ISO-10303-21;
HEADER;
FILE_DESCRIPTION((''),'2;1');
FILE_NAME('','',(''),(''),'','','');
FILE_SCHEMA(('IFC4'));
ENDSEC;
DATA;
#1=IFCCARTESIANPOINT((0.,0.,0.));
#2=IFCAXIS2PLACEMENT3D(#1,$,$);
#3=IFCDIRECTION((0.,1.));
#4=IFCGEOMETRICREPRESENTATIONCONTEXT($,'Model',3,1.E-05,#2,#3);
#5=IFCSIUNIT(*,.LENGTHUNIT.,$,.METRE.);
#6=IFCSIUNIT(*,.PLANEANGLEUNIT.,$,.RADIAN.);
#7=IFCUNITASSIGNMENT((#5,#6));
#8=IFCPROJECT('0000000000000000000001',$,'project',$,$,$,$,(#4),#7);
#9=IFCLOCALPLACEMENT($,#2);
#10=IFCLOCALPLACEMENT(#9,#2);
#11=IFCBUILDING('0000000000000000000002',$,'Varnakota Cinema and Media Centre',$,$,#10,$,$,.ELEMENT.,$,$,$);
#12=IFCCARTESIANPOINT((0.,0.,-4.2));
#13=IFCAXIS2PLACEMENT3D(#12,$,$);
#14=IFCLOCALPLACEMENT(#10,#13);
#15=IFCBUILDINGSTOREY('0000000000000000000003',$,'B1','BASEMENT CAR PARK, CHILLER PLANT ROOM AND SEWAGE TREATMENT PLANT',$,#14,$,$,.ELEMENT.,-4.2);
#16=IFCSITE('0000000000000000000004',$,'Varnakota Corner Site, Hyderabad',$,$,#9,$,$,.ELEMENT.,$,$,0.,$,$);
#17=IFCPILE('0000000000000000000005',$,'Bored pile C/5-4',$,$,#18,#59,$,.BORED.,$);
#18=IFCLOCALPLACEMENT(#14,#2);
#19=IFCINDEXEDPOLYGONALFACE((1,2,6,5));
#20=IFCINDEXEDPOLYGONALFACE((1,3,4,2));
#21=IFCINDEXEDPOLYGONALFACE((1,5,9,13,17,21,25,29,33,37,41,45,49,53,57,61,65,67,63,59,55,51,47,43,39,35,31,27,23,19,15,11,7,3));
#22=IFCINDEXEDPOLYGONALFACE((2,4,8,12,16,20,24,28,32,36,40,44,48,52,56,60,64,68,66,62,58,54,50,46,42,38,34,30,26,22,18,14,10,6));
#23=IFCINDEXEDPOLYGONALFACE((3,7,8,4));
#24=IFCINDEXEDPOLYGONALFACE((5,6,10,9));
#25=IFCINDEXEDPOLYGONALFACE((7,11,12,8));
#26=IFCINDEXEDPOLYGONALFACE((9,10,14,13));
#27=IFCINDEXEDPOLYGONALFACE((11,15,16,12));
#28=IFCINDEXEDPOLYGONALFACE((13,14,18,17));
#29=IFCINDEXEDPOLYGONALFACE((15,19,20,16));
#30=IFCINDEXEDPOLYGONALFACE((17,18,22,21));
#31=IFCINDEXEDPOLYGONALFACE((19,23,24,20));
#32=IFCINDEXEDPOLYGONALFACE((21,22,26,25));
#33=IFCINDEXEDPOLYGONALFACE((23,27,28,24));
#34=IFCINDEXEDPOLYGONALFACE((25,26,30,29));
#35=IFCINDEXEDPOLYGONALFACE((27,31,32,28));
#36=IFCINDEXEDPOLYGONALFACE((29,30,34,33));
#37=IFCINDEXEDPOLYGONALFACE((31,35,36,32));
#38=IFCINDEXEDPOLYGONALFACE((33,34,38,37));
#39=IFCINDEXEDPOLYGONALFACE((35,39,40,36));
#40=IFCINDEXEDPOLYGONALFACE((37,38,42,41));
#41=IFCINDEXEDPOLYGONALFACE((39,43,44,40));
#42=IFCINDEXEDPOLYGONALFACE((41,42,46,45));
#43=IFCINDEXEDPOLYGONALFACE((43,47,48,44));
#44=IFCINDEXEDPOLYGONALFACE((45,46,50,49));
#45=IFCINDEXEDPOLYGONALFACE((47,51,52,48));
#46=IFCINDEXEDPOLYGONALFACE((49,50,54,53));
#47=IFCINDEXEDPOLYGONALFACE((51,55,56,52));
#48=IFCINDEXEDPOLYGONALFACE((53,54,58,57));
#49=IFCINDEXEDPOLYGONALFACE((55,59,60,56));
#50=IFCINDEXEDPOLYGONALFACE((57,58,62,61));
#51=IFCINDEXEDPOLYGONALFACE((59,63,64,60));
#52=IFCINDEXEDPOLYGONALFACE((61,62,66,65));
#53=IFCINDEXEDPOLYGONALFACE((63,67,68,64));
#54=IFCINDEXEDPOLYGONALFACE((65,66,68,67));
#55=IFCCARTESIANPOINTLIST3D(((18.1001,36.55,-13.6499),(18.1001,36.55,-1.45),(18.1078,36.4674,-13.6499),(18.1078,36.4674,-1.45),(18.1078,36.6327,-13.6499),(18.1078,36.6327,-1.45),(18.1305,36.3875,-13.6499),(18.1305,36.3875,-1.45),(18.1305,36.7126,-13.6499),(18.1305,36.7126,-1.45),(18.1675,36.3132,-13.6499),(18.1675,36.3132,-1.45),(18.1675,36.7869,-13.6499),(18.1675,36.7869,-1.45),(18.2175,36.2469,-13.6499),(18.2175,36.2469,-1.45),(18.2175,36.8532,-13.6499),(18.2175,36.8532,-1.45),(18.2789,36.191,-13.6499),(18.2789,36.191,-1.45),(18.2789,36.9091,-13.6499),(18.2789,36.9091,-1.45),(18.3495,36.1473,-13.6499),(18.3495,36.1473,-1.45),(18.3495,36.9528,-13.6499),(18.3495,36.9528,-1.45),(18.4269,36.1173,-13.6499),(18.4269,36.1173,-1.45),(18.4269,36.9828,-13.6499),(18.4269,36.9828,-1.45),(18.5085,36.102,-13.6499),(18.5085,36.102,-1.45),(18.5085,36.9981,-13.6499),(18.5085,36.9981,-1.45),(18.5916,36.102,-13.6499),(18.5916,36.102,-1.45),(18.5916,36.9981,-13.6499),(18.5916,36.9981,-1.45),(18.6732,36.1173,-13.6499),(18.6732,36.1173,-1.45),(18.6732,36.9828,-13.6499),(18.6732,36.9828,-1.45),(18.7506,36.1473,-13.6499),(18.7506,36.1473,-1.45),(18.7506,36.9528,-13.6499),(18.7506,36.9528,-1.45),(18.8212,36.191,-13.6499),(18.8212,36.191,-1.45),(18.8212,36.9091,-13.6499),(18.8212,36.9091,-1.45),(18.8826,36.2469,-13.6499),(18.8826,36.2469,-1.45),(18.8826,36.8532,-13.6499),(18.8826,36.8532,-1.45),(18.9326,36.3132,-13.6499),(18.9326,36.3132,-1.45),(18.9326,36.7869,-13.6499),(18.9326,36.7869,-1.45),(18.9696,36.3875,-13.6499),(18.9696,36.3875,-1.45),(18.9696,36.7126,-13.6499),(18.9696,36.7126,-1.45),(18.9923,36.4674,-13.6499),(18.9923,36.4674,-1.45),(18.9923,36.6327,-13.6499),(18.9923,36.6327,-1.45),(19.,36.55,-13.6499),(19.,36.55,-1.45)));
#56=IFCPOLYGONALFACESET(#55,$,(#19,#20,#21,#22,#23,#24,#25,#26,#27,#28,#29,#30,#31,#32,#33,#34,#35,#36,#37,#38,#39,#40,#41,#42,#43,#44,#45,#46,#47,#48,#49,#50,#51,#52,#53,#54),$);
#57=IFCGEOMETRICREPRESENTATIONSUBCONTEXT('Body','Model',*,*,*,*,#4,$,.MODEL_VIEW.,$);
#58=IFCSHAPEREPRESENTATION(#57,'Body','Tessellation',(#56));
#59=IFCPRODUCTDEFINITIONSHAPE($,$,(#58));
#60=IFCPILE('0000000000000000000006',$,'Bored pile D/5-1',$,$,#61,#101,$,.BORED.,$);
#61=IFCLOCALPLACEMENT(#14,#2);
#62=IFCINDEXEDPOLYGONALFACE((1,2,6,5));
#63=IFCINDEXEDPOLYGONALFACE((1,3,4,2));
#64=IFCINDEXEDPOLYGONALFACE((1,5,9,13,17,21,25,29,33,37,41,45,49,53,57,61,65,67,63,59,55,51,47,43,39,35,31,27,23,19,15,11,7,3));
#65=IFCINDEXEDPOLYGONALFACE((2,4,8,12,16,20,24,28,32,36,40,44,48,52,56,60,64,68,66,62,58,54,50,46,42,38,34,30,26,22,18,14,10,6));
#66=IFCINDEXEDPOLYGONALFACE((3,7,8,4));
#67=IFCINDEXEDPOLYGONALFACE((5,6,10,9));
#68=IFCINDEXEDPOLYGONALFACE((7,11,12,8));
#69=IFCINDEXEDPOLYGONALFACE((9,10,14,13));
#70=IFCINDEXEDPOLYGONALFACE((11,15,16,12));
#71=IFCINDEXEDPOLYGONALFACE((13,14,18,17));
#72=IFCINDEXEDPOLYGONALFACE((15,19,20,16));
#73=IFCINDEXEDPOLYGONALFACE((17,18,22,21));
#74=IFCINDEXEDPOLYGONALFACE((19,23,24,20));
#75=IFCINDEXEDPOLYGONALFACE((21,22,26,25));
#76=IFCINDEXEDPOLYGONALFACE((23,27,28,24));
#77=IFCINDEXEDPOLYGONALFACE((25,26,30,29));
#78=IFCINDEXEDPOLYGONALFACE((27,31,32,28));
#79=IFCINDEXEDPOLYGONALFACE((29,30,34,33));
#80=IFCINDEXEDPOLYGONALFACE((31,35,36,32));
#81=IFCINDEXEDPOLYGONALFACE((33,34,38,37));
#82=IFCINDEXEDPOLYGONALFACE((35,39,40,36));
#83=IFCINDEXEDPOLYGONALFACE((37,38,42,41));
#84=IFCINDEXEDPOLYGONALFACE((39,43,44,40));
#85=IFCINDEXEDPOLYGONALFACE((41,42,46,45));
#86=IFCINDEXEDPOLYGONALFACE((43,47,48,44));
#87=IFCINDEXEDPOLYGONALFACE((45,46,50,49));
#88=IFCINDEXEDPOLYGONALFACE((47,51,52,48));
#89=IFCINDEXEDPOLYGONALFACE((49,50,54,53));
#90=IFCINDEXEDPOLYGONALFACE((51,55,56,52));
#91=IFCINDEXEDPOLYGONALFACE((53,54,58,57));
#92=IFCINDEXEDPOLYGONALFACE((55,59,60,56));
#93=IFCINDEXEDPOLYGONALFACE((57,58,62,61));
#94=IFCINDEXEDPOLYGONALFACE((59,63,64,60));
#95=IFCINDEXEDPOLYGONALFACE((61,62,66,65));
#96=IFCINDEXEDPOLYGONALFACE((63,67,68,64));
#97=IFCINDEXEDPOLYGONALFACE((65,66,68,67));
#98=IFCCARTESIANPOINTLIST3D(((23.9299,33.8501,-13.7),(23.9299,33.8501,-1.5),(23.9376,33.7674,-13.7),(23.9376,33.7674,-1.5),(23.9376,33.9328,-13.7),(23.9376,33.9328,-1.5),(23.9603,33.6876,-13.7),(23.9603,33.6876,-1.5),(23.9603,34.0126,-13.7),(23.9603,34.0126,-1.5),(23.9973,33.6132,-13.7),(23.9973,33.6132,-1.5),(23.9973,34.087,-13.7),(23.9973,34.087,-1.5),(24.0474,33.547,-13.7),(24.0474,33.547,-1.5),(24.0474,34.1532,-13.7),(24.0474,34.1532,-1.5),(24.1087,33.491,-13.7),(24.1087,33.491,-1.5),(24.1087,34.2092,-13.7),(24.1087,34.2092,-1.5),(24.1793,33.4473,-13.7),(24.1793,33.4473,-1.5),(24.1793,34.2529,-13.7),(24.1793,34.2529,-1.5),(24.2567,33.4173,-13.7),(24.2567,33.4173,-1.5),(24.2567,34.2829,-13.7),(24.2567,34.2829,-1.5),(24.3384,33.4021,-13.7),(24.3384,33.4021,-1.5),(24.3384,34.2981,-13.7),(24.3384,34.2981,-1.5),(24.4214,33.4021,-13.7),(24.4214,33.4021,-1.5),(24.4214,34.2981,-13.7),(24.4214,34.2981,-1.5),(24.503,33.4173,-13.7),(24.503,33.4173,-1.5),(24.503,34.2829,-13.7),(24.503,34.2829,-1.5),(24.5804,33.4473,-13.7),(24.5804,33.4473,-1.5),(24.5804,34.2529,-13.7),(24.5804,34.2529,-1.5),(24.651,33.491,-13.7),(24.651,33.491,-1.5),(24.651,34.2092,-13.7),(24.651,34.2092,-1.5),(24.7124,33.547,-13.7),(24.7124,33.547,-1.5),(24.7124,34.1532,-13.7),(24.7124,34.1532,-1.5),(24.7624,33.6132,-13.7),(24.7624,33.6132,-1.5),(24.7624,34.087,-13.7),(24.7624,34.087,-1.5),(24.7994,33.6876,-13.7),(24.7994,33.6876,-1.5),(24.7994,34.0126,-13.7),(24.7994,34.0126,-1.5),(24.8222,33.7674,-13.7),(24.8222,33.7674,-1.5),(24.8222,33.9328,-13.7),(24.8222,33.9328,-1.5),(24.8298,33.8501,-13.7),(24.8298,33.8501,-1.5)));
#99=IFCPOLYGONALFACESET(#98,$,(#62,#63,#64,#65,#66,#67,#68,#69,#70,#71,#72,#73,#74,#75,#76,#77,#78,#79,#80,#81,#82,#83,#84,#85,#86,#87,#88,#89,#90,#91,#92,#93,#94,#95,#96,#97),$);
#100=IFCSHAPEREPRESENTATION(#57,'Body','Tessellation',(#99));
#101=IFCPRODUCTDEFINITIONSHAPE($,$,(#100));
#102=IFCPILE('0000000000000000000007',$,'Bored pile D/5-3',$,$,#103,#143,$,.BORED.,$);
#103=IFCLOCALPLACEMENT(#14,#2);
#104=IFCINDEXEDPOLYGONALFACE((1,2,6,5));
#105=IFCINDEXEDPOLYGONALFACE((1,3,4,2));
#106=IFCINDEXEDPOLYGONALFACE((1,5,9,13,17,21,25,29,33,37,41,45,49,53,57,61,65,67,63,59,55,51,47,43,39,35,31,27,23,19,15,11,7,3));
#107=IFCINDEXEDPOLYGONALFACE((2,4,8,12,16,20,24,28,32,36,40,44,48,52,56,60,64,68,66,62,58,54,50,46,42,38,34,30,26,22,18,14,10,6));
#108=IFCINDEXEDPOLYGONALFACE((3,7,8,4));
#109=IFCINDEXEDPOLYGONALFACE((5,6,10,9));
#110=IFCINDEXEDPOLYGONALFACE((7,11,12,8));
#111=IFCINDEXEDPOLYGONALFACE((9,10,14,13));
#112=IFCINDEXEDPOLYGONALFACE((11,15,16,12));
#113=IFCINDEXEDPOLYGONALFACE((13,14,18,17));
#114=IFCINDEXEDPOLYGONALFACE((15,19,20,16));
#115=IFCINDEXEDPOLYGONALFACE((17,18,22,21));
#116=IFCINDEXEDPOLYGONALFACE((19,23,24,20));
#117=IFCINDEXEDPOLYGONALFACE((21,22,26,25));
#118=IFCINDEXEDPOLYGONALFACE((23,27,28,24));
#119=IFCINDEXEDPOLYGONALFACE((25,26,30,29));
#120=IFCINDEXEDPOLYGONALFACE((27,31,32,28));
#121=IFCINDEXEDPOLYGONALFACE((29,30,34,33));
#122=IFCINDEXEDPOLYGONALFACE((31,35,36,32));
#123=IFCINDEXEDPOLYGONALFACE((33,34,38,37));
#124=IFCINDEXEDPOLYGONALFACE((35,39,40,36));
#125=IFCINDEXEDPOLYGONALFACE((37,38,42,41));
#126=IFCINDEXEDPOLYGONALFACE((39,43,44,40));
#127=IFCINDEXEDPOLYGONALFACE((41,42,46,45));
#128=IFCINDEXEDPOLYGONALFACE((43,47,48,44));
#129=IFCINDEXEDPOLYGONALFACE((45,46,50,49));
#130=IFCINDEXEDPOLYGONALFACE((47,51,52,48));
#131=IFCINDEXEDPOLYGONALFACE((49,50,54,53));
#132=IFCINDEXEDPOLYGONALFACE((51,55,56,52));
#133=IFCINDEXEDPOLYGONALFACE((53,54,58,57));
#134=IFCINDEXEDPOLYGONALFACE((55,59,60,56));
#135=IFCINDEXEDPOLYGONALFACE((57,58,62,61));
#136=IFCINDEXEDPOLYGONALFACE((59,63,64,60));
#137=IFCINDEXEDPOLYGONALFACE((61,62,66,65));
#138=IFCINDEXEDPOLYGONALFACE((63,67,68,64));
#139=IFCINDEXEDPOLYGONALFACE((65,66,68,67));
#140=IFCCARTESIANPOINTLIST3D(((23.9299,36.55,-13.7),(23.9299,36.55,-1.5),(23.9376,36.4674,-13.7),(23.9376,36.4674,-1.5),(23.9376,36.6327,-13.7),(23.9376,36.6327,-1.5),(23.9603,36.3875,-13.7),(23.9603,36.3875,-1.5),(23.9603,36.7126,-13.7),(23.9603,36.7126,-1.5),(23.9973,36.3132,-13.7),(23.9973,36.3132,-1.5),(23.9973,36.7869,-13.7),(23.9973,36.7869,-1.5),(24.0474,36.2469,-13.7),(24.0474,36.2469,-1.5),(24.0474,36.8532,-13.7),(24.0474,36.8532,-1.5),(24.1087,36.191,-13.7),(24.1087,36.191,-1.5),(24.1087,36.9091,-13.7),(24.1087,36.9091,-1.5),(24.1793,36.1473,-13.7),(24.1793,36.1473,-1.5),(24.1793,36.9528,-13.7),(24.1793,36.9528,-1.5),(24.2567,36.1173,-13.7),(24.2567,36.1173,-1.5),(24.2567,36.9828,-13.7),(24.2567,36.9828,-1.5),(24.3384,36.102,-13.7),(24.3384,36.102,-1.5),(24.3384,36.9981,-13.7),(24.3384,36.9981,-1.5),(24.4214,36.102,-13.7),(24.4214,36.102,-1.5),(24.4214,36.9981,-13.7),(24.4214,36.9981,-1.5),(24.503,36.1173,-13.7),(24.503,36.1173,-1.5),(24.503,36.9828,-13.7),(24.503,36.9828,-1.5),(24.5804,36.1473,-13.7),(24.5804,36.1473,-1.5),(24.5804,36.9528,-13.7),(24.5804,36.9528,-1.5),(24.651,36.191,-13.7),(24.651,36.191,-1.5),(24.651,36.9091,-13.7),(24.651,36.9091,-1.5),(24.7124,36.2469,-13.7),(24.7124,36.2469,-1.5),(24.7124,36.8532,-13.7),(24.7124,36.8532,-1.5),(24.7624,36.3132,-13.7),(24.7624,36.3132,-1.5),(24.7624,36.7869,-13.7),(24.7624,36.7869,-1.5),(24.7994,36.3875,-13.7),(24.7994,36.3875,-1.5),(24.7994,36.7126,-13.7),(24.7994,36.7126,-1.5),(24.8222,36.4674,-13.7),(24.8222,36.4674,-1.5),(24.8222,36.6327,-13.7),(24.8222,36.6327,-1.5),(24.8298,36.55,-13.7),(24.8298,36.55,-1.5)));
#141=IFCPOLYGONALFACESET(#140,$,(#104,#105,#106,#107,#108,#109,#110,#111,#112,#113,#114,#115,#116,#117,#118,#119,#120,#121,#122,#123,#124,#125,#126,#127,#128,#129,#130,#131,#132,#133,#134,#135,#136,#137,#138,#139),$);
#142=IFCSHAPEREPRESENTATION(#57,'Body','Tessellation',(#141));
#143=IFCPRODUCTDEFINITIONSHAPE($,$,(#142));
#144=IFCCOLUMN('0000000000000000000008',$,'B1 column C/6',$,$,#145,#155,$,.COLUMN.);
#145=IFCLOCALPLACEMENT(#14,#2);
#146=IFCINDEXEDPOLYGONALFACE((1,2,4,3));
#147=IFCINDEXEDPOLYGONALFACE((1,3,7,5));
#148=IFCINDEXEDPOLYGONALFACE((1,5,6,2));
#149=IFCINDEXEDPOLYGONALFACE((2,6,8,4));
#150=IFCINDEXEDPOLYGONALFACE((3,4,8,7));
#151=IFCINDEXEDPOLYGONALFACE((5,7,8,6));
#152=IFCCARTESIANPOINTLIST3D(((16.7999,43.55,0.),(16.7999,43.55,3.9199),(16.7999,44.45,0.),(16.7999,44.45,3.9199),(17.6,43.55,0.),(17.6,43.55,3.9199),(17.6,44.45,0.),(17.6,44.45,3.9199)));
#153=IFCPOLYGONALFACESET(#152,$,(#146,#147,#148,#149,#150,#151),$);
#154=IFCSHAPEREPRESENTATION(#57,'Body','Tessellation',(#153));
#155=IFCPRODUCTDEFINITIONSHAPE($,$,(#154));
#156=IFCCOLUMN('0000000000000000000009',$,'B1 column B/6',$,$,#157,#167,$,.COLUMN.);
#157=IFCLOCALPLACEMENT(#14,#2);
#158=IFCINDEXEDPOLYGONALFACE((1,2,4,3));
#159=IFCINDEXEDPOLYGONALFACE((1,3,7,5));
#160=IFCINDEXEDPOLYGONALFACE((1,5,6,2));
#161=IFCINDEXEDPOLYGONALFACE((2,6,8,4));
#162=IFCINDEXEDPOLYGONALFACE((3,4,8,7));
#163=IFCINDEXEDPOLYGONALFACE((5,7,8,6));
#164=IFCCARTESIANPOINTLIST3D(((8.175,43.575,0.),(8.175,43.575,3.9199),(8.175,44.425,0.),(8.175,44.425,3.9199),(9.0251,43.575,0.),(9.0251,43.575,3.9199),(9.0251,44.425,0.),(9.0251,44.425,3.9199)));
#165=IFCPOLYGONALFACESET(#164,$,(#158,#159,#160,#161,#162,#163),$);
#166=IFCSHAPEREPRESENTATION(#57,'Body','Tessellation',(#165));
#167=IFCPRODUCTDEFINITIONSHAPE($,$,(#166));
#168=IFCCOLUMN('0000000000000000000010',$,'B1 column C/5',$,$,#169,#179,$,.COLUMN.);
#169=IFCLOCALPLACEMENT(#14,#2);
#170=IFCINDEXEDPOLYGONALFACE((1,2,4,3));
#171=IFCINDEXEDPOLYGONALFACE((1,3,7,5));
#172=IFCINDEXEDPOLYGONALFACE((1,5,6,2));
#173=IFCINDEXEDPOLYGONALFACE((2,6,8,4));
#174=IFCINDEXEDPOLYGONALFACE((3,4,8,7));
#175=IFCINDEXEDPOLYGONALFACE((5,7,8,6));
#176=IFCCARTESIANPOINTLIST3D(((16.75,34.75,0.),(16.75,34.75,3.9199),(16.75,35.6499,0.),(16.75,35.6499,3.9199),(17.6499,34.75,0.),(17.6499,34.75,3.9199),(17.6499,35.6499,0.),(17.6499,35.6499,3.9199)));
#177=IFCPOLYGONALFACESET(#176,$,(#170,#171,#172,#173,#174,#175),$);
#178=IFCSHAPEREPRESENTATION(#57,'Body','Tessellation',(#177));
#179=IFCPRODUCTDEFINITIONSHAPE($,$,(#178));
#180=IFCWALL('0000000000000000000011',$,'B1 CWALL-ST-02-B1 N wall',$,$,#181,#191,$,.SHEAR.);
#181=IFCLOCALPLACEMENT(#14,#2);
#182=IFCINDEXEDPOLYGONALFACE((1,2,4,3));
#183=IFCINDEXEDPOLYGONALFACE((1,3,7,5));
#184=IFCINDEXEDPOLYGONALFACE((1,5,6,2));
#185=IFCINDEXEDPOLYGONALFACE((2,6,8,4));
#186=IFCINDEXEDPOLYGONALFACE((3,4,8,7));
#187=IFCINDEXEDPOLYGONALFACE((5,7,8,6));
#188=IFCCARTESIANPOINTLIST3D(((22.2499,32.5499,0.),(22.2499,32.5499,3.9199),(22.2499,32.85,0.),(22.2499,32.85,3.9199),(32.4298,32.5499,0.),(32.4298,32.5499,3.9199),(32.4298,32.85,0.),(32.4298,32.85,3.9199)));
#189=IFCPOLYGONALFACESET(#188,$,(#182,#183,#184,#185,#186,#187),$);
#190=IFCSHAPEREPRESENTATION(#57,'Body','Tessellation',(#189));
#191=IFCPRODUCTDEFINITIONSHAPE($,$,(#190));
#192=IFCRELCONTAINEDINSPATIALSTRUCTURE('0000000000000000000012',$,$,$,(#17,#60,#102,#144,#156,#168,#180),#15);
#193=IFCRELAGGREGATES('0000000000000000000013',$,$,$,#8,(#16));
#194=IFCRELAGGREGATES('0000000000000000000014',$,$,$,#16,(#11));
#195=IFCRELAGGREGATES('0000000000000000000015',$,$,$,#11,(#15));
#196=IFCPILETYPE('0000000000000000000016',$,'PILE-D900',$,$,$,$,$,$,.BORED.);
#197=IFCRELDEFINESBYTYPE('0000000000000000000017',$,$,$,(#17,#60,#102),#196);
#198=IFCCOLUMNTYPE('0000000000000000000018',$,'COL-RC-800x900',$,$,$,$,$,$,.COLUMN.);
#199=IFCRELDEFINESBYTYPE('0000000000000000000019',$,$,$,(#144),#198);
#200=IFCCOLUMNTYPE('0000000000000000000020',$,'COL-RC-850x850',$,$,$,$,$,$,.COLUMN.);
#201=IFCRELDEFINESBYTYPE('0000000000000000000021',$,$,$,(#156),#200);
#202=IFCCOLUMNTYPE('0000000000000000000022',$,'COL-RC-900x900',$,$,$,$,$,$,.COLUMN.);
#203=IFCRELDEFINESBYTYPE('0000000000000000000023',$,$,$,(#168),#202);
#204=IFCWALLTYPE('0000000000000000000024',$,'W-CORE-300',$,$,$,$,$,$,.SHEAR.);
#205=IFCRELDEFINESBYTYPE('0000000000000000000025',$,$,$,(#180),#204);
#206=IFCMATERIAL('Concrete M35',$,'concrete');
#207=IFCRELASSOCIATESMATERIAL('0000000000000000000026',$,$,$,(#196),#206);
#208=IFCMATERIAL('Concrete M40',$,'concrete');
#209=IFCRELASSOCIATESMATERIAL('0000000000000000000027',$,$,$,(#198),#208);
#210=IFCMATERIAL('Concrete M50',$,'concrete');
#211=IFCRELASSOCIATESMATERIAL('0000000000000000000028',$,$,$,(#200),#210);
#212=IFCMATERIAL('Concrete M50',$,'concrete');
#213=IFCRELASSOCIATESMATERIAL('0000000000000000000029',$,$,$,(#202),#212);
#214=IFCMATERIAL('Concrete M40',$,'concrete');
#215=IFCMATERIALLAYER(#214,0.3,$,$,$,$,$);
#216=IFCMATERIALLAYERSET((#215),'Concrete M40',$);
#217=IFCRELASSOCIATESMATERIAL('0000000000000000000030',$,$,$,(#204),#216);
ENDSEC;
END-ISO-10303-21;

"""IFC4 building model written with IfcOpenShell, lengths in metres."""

from ifc_helpers import new_model, si_unit, direction, frame, frame_2d, origin, origin_2d, place, context, subcontext, project, spatial, rectangle, circle, extrude, material, layer, layer_set, material_profile, profile_set, type_object, element, save


model = new_model("IFC4")

# Units and contexts
model_context = context("Model", 3, precision=1e-05, world=origin(), true_north=direction((0.0, 1.0)))
body_context = subcontext(model_context, "Body", "Model", "MODEL_VIEW")
ifc_project = project(units=[si_unit("LENGTHUNIT", "METRE"), si_unit("PLANEANGLEUNIT", "RADIAN")], contexts=[model_context])

# Site, building, storey
site_placement = place(None, origin())
site = spatial("IfcSite", under=ifc_project, at=site_placement, Name="Varnakota Corner Site, Hyderabad", CompositionType="ELEMENT", RefElevation=0.0)
building_placement = place(site_placement, origin())
building = spatial("IfcBuilding", under=site, at=building_placement, Name="Varnakota Cinema and Media Centre", CompositionType="ELEMENT")
storey_placement = place(building_placement, frame((0.0, 0.0, -4.2)))
storey = spatial("IfcBuildingStorey", under=building, at=storey_placement, Name="B1", Description="BASEMENT CAR PARK, CHILLER PLANT ROOM AND SEWAGE TREATMENT PLANT", CompositionType="ELEMENT", Elevation=-4.2)

# Piles
ifc_material_1 = material(Name="Concrete M35", Category="concrete")
ifc_material_profile_1 = material_profile(ifc_material_1, circle(Radius=0.45, at=origin_2d()), Name="PILE D900")
ifc_profile_set_1 = profile_set([ifc_material_profile_1], Name="Concrete M35")
pile_type_1 = type_object("IfcPileType", Name="PILE-D900", PredefinedType="BORED", material=ifc_profile_set_1)
for number, where, z_axis, x_axis, name in (
    (1, (18.55, 36.55, -1.45), (0.0, 0.0, -1.0), (1.0, 0.0, 0.0), "Bored pile C/5-4"),
    (2, (24.3799, 33.8501, -1.5), (0.0, 0.0, -1.0), (1.0, 0.0, 0.0), "Bored pile D/5-1"),
    (3, (24.3799, 36.55, -1.5), (0.0, 0.0, -1.0), (1.0, 0.0, 0.0), "Bored pile D/5-3"),
):
    element("IfcPile", number, at=place(storey_placement, frame(where, z_axis=z_axis, x_axis=x_axis)), inside=storey, type_object=pile_type_1, Name=name, PredefinedType="BORED", context=body_context, shape_type="SweptSolid", body=[
        extrude(circle(Radius=0.45, at=origin_2d()), origin(), (0.0, 0.0, 1.0), 12.2),
    ])

# Columns
ifc_material_2 = material(Name="Concrete M40", Category="concrete")
ifc_material_profile_2 = material_profile(ifc_material_2, rectangle(XDim=0.8, YDim=0.8999, at=origin_2d()), Name="RC 800x900")
ifc_profile_set_2 = profile_set([ifc_material_profile_2], Name="Concrete M40")
column_type_1 = type_object("IfcColumnType", Name="COL-RC-800x900", PredefinedType="COLUMN", material=ifc_profile_set_2)
column_1_placement = place(storey_placement, frame((17.2, 44.0, 0.0), z_axis=(0.0, 0.0, 1.0), x_axis=(1.0, 0.0, 0.0)))
element("IfcColumn", 4, at=column_1_placement, inside=storey, type_object=column_type_1, Name="B1 column C/6", PredefinedType="COLUMN", context=body_context, shape_type="SweptSolid", body=[
    extrude(rectangle(XDim=0.8, YDim=0.8999, at=origin_2d()), origin(), (0.0, 0.0, 1.0), 3.9199),
])
ifc_material_3 = material(Name="Concrete M50", Category="concrete")
ifc_material_profile_3 = material_profile(ifc_material_3, rectangle(XDim=0.8501, YDim=0.8501, at=origin_2d()), Name="RC 850x850")
ifc_profile_set_3 = profile_set([ifc_material_profile_3], Name="Concrete M50")
column_type_2 = type_object("IfcColumnType", Name="COL-RC-850x850", PredefinedType="COLUMN", material=ifc_profile_set_3)
column_2_placement = place(storey_placement, frame((8.6001, 44.0, 0.0), z_axis=(0.0, 0.0, 1.0), x_axis=(1.0, 0.0, 0.0)))
element("IfcColumn", 5, at=column_2_placement, inside=storey, type_object=column_type_2, Name="B1 column B/6", PredefinedType="COLUMN", context=body_context, shape_type="SweptSolid", body=[
    extrude(rectangle(XDim=0.8501, YDim=0.8501, at=origin_2d()), origin(), (0.0, 0.0, 1.0), 3.9199),
])
ifc_material_4 = material(Name="Concrete M50", Category="concrete")
ifc_material_profile_4 = material_profile(ifc_material_4, rectangle(XDim=0.8999, YDim=0.8999, at=origin_2d()), Name="RC 900x900")
ifc_profile_set_4 = profile_set([ifc_material_profile_4], Name="Concrete M50")
column_type_3 = type_object("IfcColumnType", Name="COL-RC-900x900", PredefinedType="COLUMN", material=ifc_profile_set_4)
column_3_placement = place(storey_placement, frame((17.2, 35.2, 0.0), z_axis=(0.0, 0.0, 1.0), x_axis=(1.0, 0.0, 0.0)))
element("IfcColumn", 6, at=column_3_placement, inside=storey, type_object=column_type_3, Name="B1 column C/5", PredefinedType="COLUMN", context=body_context, shape_type="SweptSolid", body=[
    extrude(rectangle(XDim=0.8999, YDim=0.8999, at=origin_2d()), origin(), (0.0, 0.0, 1.0), 3.9199),
])

# Wall
ifc_material_5 = material(Name="Concrete M40", Category="concrete")
ifc_layer = layer(ifc_material_5, 0.3)
ifc_layer_set = layer_set([ifc_layer], Name="Concrete M40")
wall_type = type_object("IfcWallType", Name="W-CORE-300", PredefinedType="SHEAR", material=ifc_layer_set)
wall_1_placement = place(storey_placement, frame((22.25, 32.7, 0.0), z_axis=(0.0, 0.0, 1.0), x_axis=(1.0, 0.0, 0.0)))
element("IfcWall", 7, at=wall_1_placement, inside=storey, type_object=wall_type, Name="B1 CWALL-ST-02-B1 N wall", PredefinedType="SHEAR", context=body_context, shape_type="SweptSolid", body=[
    extrude(rectangle(XDim=10.1799, YDim=0.3, at=frame_2d((5.0898, 0.0))), origin(), (0.0, 0.0, 1.0), 3.9199),
])

save(model, "model.ifc")
